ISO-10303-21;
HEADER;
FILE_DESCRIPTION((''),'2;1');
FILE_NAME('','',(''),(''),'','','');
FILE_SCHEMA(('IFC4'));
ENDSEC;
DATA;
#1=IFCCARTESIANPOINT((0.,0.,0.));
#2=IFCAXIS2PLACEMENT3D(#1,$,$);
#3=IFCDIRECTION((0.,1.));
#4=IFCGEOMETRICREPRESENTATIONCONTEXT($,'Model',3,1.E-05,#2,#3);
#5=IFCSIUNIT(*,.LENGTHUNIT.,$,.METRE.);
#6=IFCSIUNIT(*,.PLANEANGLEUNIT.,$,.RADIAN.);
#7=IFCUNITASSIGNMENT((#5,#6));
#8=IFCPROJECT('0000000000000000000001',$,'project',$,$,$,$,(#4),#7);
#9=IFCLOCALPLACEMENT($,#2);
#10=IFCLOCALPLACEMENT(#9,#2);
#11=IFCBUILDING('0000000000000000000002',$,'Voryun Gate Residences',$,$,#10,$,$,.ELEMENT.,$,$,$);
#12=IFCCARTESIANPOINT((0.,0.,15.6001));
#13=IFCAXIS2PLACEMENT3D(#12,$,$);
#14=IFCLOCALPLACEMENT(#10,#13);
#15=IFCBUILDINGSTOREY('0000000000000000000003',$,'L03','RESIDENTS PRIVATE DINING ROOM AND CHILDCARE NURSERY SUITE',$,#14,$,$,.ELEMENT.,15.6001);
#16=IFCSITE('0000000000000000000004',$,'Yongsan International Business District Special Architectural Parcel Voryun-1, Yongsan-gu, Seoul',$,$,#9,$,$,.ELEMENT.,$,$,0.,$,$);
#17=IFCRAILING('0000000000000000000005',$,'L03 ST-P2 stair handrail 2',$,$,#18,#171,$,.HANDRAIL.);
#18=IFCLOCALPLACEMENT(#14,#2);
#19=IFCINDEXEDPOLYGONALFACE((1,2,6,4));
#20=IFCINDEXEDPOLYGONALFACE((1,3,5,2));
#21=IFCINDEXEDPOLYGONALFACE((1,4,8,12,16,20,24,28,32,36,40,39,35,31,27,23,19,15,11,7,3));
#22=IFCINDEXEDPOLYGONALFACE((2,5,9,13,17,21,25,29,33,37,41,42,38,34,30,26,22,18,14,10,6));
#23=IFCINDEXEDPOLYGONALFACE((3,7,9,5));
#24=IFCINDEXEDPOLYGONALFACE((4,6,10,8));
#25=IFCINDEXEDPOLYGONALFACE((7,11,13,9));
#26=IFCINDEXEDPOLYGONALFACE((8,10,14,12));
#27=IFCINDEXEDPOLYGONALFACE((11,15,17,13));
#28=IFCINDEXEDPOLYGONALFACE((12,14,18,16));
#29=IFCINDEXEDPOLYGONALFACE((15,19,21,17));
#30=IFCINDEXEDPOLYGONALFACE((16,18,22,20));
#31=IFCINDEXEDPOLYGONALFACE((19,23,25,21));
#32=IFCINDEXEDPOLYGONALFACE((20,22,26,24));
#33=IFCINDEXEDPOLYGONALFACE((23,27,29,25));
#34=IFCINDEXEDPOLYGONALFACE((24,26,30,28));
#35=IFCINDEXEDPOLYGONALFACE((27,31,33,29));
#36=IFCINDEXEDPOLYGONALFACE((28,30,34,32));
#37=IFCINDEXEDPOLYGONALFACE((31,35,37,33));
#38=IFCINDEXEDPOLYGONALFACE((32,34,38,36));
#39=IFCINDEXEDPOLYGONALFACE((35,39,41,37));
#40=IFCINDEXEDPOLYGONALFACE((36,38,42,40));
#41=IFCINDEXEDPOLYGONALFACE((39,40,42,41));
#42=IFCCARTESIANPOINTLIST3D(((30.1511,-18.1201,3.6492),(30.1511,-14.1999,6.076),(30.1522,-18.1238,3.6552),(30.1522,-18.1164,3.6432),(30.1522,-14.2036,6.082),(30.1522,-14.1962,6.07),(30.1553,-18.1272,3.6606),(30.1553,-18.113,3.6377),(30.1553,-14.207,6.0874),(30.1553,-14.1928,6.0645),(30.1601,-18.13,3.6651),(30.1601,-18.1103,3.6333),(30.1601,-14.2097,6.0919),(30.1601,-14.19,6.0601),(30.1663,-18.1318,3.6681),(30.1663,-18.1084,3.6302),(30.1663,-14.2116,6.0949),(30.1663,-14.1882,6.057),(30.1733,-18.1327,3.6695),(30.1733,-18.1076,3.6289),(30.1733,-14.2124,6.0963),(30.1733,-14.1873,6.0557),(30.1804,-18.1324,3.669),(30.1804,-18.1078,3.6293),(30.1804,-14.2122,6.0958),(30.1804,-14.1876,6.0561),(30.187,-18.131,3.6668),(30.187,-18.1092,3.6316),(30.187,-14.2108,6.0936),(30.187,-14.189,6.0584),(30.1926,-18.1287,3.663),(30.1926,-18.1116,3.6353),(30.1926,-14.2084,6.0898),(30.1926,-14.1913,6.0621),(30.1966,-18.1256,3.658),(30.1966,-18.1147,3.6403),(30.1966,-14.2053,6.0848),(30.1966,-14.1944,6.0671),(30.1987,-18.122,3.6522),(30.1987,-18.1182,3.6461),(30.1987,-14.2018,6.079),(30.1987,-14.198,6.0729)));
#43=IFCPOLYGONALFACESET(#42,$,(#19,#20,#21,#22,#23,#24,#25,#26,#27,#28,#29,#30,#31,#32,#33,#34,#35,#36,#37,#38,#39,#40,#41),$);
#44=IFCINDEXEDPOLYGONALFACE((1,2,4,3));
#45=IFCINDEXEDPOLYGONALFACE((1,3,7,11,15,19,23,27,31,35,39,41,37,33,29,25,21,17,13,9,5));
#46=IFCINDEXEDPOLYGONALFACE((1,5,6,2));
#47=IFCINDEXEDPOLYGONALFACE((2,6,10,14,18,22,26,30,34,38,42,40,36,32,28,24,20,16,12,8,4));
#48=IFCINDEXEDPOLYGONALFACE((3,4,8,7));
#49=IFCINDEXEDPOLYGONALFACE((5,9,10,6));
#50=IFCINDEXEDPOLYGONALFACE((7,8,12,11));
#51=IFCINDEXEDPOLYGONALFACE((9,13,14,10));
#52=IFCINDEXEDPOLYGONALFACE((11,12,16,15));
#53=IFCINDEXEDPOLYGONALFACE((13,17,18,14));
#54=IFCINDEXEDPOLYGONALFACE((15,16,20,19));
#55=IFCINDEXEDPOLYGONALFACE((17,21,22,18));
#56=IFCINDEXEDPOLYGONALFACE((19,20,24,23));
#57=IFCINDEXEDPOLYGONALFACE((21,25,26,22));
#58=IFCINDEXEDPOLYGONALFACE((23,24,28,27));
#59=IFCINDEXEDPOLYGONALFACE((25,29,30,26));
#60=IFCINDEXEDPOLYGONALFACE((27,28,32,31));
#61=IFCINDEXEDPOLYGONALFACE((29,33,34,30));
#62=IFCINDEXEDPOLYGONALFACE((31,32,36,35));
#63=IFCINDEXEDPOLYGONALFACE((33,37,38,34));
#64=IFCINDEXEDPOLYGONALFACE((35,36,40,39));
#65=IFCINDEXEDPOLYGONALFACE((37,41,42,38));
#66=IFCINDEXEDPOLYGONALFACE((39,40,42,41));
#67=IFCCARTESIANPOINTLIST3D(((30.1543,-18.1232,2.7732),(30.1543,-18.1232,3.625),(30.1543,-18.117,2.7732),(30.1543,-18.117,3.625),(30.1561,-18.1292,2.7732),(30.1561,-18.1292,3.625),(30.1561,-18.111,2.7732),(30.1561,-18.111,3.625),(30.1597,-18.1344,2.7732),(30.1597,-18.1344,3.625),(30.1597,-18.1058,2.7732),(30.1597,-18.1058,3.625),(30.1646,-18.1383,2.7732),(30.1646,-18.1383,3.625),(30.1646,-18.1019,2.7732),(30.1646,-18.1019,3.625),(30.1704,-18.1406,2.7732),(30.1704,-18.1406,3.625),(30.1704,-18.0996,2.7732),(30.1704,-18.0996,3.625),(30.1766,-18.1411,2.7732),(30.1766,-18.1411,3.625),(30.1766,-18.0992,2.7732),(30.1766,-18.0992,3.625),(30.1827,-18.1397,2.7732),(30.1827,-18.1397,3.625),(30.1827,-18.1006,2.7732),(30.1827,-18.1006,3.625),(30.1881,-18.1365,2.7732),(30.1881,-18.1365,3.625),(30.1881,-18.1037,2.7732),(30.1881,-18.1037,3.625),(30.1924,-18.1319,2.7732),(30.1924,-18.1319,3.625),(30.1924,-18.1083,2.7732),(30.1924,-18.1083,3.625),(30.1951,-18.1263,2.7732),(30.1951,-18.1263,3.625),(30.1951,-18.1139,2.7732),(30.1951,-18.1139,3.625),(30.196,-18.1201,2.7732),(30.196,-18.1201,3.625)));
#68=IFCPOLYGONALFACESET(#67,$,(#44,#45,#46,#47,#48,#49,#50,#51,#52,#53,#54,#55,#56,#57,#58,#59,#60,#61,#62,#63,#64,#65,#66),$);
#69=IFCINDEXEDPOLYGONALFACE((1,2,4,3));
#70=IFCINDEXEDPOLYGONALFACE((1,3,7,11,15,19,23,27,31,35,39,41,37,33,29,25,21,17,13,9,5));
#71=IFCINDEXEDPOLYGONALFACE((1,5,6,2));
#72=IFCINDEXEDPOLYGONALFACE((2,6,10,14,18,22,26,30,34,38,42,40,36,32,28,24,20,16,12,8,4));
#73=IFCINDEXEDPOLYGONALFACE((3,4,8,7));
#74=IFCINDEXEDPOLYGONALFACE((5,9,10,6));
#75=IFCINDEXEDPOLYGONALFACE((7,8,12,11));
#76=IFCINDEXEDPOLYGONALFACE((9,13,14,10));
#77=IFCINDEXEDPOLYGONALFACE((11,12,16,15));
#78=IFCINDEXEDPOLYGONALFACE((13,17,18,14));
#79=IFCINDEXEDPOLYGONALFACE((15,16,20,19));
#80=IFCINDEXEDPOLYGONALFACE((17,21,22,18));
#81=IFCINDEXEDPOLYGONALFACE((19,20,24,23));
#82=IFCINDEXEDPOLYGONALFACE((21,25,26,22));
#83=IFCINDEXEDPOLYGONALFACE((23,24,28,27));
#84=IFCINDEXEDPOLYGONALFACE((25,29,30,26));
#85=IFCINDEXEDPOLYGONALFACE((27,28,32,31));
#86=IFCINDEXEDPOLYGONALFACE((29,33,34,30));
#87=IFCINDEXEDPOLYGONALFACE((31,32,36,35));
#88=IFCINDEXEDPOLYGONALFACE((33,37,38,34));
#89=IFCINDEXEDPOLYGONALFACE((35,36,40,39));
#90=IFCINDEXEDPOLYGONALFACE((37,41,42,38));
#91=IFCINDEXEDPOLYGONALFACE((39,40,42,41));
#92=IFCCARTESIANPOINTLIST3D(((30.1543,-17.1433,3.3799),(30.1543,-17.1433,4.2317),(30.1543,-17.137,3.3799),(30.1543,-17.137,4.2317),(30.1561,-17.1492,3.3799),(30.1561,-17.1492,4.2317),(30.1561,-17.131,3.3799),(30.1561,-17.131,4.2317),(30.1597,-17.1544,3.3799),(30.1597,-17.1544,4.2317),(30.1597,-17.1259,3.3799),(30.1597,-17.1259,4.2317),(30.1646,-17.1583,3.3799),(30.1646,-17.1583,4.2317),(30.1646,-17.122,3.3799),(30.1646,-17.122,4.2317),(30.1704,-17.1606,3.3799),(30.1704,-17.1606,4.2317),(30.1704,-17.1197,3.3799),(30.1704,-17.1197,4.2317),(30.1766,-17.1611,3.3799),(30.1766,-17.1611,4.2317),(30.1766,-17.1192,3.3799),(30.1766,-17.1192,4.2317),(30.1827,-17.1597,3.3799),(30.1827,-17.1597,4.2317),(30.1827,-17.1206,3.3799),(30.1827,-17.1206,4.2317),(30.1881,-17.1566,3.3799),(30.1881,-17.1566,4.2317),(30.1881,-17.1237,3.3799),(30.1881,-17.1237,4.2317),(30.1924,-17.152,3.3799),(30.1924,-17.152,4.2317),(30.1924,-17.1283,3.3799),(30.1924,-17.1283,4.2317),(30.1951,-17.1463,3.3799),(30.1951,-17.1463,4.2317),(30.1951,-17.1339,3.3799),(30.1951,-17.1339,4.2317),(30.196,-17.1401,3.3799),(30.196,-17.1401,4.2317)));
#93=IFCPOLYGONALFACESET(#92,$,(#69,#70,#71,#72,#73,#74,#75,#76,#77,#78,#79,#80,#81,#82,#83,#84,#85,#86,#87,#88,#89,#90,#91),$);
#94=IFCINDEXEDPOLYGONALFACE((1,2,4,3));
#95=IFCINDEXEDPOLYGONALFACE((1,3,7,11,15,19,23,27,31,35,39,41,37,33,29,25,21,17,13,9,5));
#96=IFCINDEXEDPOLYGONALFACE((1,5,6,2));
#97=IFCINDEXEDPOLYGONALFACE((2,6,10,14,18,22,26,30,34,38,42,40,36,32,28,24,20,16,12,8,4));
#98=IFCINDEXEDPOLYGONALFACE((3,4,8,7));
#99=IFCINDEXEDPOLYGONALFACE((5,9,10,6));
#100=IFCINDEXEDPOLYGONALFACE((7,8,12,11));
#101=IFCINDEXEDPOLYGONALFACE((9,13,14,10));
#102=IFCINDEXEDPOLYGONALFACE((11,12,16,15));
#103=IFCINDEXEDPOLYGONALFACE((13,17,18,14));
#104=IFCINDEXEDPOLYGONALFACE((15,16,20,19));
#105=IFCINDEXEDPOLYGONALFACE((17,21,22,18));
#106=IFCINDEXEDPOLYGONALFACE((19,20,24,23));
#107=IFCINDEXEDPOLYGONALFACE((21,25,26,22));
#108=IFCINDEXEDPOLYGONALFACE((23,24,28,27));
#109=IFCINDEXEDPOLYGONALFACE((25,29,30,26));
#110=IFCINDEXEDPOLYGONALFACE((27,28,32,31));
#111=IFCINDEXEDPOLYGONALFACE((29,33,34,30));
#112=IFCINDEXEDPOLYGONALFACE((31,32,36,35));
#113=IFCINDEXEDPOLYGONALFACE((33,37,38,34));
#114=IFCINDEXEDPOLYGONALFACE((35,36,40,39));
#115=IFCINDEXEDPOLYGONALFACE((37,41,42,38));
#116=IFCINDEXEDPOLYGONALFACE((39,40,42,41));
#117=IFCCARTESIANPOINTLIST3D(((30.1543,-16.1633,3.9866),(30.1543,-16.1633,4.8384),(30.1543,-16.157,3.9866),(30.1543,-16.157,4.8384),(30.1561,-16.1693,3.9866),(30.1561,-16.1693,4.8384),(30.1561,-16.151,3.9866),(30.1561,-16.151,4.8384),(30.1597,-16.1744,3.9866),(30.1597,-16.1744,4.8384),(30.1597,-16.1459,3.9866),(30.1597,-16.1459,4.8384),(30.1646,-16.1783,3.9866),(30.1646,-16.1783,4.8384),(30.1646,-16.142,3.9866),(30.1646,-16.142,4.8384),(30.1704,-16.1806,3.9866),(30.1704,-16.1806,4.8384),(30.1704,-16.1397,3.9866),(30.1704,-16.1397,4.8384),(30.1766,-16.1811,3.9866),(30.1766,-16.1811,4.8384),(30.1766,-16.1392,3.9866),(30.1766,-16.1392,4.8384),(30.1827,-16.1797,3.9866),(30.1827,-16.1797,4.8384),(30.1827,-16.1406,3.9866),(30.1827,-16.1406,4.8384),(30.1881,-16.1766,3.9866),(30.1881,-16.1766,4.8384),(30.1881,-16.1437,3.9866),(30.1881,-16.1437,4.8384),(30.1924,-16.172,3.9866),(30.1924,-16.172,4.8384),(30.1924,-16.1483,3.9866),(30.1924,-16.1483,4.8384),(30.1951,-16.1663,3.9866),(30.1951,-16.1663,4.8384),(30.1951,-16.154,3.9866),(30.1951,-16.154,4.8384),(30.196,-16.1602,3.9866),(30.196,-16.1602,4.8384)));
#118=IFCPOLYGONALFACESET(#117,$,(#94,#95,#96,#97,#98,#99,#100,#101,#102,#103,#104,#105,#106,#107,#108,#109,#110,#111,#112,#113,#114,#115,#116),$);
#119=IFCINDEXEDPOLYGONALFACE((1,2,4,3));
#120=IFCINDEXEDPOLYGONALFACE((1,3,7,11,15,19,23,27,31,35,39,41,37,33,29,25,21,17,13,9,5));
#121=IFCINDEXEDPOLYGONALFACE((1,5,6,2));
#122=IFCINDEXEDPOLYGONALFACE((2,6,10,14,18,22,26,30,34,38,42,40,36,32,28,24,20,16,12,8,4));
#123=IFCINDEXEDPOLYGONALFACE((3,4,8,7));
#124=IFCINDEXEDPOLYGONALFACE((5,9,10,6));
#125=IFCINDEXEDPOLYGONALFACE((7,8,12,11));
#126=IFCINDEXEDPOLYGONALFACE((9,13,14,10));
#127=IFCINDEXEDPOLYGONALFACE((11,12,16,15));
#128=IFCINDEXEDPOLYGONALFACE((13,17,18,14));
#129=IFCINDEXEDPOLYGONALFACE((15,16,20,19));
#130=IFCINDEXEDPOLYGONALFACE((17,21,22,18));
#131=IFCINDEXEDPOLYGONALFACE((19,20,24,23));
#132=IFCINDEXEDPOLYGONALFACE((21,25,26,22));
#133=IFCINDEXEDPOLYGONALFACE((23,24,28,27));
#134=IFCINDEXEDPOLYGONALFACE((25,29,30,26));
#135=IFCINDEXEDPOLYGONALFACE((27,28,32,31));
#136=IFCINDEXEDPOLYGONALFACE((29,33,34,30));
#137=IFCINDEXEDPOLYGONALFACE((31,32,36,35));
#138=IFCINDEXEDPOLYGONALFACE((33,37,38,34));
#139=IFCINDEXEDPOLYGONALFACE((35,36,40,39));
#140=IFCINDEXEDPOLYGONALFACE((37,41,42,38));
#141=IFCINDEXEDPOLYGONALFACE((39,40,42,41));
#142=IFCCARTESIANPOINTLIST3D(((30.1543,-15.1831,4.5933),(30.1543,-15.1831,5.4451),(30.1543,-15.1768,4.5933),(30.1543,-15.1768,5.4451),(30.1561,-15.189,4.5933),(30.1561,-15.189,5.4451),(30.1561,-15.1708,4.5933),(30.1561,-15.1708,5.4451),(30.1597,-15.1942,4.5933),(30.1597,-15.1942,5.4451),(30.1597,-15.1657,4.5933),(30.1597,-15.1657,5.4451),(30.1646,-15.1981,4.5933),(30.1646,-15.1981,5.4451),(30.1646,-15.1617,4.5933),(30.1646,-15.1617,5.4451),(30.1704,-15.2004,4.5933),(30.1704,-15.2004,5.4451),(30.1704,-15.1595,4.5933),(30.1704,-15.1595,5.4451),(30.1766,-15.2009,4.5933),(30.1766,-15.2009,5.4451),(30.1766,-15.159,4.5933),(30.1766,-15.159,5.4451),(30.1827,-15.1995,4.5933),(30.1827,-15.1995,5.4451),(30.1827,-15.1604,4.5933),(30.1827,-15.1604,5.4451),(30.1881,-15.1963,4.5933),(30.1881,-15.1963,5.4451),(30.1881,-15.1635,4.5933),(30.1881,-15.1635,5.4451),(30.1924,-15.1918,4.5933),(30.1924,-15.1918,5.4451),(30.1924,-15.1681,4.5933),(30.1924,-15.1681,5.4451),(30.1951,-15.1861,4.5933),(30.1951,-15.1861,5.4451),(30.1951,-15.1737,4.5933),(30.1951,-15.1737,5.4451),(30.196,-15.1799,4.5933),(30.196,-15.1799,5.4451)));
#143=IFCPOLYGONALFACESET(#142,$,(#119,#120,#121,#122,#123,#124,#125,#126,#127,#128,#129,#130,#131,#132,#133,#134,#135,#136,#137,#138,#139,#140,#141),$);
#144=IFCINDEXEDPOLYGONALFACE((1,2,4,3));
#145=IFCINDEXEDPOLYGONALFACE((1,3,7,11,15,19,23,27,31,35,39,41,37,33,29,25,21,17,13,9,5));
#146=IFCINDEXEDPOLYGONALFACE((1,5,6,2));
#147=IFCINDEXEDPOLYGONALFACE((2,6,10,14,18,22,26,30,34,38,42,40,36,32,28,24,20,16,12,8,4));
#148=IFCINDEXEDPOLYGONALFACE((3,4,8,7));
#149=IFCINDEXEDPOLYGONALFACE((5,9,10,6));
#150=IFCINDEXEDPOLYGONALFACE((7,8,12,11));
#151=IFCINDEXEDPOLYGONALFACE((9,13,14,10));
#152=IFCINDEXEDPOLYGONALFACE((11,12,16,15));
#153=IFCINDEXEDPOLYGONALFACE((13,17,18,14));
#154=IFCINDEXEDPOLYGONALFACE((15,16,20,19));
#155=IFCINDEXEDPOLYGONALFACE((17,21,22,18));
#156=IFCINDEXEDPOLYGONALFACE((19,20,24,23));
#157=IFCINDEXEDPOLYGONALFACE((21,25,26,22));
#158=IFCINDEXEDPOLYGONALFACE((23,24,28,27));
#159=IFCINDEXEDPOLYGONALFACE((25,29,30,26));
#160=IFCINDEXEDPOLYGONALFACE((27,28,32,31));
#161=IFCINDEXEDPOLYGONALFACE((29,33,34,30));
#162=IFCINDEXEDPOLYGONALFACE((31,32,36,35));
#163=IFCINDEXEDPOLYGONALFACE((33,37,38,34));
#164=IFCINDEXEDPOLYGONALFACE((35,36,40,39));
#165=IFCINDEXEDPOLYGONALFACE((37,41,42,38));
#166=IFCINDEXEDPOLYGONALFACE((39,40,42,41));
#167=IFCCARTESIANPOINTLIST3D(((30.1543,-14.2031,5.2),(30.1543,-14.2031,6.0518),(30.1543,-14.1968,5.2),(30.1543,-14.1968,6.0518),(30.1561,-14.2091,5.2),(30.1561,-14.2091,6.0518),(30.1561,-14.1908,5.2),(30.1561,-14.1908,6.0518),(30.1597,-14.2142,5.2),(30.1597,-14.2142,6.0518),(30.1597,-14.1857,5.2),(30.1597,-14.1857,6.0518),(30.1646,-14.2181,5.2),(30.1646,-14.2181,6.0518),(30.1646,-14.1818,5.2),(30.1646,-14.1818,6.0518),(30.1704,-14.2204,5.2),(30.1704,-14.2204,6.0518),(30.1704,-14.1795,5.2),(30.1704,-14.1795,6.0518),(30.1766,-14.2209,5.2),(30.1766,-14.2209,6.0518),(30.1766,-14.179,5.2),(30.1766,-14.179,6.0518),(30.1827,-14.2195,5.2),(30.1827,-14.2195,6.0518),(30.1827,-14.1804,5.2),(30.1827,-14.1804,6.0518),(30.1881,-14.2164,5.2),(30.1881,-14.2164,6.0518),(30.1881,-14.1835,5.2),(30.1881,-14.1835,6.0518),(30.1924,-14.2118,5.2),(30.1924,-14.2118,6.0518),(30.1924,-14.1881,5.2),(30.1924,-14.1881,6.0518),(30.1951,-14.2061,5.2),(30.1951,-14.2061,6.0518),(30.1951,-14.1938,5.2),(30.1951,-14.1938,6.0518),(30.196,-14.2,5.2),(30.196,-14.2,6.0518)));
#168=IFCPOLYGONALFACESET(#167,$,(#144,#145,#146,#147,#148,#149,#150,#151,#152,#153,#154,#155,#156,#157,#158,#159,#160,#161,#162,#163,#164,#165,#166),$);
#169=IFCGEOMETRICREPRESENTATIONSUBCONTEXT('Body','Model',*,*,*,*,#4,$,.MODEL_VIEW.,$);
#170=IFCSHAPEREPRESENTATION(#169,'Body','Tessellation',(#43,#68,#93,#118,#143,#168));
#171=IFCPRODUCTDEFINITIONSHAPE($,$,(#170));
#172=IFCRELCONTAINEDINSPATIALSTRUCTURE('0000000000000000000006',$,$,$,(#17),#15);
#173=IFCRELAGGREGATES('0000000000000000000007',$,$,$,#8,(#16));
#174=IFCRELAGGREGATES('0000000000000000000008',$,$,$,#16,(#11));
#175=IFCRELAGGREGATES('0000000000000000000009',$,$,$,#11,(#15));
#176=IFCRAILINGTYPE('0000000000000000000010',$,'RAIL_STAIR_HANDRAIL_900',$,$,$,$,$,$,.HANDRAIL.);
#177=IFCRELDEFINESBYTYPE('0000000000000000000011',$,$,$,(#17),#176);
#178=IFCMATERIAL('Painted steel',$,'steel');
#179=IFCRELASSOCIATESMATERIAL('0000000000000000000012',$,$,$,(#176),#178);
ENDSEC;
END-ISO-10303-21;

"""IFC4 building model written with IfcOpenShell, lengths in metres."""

from ifc_helpers import new_model, si_unit, direction, frame, origin, origin_2d, place, context, subcontext, project, spatial, circle, extrude, material, type_object, element, save


model = new_model("IFC4")

# Units and contexts
model_context = context("Model", 3, precision=1e-05, world=origin(), true_north=direction((0.0, 1.0)))
body_context = subcontext(model_context, "Body", "Model", "MODEL_VIEW")
ifc_project = project(units=[si_unit("LENGTHUNIT", "METRE"), si_unit("PLANEANGLEUNIT", "RADIAN")], contexts=[model_context])

# Site, building, storey
site_placement = place(None, origin())
site = spatial("IfcSite", under=ifc_project, at=site_placement, Name="Yongsan International Business District Special Architectural Parcel Voryun-1, Yongsan-gu, Seoul", CompositionType="ELEMENT", RefElevation=0.0)
building_placement = place(site_placement, origin())
building = spatial("IfcBuilding", under=site, at=building_placement, Name="Voryun Gate Residences", CompositionType="ELEMENT")
storey_placement = place(building_placement, frame((0.0, 0.0, 15.6001)))
storey = spatial("IfcBuildingStorey", under=building, at=storey_placement, Name="L03", Description="RESIDENTS PRIVATE DINING ROOM AND CHILDCARE NURSERY SUITE", CompositionType="ELEMENT", Elevation=15.6001)

# Railing
ifc_material_1 = material(Name="Painted steel", Category="steel")
railing_type_1 = type_object("IfcRailingType", Name="RAIL_STAIR_HANDRAIL_900", PredefinedType="HANDRAIL", material=ifc_material_1)
railing_1_placement = place(storey_placement, frame((30.175, -18.1201, 2.7732)))
element("IfcRailing", 1, at=railing_1_placement, inside=storey, type_object=railing_type_1, Name="L03 ST-P2 stair handrail 2", PredefinedType="HANDRAIL", context=body_context, shape_type="SweptSolid", body=[
    extrude(circle(Radius=0.0239, at=origin_2d()), frame((0.0, 0.0, 0.876), z_axis=(0.0, 0.850266, 0.526353), x_axis=(-1.0, 0.0, 0.0)), (0.0, 0.0, 1.0), 4.6106),
    extrude(circle(Radius=0.021, at=origin_2d()), origin(), (0.0, 0.0, 1.0), 0.8518),
    extrude(circle(Radius=0.021, at=origin_2d()), frame((0.0, 0.98, 0.6067)), (0.0, 0.0, 1.0), 0.8518),
    extrude(circle(Radius=0.021, at=origin_2d()), frame((0.0, 1.96, 1.2134)), (0.0, 0.0, 1.0), 0.8518),
    extrude(circle(Radius=0.021, at=origin_2d()), frame((0.0, 2.9402, 1.8201)), (0.0, 0.0, 1.0), 0.8518),
    extrude(circle(Radius=0.021, at=origin_2d()), frame((0.0, 3.9202, 2.4268)), (0.0, 0.0, 1.0), 0.8518),
])

save(model, "model.ifc")
